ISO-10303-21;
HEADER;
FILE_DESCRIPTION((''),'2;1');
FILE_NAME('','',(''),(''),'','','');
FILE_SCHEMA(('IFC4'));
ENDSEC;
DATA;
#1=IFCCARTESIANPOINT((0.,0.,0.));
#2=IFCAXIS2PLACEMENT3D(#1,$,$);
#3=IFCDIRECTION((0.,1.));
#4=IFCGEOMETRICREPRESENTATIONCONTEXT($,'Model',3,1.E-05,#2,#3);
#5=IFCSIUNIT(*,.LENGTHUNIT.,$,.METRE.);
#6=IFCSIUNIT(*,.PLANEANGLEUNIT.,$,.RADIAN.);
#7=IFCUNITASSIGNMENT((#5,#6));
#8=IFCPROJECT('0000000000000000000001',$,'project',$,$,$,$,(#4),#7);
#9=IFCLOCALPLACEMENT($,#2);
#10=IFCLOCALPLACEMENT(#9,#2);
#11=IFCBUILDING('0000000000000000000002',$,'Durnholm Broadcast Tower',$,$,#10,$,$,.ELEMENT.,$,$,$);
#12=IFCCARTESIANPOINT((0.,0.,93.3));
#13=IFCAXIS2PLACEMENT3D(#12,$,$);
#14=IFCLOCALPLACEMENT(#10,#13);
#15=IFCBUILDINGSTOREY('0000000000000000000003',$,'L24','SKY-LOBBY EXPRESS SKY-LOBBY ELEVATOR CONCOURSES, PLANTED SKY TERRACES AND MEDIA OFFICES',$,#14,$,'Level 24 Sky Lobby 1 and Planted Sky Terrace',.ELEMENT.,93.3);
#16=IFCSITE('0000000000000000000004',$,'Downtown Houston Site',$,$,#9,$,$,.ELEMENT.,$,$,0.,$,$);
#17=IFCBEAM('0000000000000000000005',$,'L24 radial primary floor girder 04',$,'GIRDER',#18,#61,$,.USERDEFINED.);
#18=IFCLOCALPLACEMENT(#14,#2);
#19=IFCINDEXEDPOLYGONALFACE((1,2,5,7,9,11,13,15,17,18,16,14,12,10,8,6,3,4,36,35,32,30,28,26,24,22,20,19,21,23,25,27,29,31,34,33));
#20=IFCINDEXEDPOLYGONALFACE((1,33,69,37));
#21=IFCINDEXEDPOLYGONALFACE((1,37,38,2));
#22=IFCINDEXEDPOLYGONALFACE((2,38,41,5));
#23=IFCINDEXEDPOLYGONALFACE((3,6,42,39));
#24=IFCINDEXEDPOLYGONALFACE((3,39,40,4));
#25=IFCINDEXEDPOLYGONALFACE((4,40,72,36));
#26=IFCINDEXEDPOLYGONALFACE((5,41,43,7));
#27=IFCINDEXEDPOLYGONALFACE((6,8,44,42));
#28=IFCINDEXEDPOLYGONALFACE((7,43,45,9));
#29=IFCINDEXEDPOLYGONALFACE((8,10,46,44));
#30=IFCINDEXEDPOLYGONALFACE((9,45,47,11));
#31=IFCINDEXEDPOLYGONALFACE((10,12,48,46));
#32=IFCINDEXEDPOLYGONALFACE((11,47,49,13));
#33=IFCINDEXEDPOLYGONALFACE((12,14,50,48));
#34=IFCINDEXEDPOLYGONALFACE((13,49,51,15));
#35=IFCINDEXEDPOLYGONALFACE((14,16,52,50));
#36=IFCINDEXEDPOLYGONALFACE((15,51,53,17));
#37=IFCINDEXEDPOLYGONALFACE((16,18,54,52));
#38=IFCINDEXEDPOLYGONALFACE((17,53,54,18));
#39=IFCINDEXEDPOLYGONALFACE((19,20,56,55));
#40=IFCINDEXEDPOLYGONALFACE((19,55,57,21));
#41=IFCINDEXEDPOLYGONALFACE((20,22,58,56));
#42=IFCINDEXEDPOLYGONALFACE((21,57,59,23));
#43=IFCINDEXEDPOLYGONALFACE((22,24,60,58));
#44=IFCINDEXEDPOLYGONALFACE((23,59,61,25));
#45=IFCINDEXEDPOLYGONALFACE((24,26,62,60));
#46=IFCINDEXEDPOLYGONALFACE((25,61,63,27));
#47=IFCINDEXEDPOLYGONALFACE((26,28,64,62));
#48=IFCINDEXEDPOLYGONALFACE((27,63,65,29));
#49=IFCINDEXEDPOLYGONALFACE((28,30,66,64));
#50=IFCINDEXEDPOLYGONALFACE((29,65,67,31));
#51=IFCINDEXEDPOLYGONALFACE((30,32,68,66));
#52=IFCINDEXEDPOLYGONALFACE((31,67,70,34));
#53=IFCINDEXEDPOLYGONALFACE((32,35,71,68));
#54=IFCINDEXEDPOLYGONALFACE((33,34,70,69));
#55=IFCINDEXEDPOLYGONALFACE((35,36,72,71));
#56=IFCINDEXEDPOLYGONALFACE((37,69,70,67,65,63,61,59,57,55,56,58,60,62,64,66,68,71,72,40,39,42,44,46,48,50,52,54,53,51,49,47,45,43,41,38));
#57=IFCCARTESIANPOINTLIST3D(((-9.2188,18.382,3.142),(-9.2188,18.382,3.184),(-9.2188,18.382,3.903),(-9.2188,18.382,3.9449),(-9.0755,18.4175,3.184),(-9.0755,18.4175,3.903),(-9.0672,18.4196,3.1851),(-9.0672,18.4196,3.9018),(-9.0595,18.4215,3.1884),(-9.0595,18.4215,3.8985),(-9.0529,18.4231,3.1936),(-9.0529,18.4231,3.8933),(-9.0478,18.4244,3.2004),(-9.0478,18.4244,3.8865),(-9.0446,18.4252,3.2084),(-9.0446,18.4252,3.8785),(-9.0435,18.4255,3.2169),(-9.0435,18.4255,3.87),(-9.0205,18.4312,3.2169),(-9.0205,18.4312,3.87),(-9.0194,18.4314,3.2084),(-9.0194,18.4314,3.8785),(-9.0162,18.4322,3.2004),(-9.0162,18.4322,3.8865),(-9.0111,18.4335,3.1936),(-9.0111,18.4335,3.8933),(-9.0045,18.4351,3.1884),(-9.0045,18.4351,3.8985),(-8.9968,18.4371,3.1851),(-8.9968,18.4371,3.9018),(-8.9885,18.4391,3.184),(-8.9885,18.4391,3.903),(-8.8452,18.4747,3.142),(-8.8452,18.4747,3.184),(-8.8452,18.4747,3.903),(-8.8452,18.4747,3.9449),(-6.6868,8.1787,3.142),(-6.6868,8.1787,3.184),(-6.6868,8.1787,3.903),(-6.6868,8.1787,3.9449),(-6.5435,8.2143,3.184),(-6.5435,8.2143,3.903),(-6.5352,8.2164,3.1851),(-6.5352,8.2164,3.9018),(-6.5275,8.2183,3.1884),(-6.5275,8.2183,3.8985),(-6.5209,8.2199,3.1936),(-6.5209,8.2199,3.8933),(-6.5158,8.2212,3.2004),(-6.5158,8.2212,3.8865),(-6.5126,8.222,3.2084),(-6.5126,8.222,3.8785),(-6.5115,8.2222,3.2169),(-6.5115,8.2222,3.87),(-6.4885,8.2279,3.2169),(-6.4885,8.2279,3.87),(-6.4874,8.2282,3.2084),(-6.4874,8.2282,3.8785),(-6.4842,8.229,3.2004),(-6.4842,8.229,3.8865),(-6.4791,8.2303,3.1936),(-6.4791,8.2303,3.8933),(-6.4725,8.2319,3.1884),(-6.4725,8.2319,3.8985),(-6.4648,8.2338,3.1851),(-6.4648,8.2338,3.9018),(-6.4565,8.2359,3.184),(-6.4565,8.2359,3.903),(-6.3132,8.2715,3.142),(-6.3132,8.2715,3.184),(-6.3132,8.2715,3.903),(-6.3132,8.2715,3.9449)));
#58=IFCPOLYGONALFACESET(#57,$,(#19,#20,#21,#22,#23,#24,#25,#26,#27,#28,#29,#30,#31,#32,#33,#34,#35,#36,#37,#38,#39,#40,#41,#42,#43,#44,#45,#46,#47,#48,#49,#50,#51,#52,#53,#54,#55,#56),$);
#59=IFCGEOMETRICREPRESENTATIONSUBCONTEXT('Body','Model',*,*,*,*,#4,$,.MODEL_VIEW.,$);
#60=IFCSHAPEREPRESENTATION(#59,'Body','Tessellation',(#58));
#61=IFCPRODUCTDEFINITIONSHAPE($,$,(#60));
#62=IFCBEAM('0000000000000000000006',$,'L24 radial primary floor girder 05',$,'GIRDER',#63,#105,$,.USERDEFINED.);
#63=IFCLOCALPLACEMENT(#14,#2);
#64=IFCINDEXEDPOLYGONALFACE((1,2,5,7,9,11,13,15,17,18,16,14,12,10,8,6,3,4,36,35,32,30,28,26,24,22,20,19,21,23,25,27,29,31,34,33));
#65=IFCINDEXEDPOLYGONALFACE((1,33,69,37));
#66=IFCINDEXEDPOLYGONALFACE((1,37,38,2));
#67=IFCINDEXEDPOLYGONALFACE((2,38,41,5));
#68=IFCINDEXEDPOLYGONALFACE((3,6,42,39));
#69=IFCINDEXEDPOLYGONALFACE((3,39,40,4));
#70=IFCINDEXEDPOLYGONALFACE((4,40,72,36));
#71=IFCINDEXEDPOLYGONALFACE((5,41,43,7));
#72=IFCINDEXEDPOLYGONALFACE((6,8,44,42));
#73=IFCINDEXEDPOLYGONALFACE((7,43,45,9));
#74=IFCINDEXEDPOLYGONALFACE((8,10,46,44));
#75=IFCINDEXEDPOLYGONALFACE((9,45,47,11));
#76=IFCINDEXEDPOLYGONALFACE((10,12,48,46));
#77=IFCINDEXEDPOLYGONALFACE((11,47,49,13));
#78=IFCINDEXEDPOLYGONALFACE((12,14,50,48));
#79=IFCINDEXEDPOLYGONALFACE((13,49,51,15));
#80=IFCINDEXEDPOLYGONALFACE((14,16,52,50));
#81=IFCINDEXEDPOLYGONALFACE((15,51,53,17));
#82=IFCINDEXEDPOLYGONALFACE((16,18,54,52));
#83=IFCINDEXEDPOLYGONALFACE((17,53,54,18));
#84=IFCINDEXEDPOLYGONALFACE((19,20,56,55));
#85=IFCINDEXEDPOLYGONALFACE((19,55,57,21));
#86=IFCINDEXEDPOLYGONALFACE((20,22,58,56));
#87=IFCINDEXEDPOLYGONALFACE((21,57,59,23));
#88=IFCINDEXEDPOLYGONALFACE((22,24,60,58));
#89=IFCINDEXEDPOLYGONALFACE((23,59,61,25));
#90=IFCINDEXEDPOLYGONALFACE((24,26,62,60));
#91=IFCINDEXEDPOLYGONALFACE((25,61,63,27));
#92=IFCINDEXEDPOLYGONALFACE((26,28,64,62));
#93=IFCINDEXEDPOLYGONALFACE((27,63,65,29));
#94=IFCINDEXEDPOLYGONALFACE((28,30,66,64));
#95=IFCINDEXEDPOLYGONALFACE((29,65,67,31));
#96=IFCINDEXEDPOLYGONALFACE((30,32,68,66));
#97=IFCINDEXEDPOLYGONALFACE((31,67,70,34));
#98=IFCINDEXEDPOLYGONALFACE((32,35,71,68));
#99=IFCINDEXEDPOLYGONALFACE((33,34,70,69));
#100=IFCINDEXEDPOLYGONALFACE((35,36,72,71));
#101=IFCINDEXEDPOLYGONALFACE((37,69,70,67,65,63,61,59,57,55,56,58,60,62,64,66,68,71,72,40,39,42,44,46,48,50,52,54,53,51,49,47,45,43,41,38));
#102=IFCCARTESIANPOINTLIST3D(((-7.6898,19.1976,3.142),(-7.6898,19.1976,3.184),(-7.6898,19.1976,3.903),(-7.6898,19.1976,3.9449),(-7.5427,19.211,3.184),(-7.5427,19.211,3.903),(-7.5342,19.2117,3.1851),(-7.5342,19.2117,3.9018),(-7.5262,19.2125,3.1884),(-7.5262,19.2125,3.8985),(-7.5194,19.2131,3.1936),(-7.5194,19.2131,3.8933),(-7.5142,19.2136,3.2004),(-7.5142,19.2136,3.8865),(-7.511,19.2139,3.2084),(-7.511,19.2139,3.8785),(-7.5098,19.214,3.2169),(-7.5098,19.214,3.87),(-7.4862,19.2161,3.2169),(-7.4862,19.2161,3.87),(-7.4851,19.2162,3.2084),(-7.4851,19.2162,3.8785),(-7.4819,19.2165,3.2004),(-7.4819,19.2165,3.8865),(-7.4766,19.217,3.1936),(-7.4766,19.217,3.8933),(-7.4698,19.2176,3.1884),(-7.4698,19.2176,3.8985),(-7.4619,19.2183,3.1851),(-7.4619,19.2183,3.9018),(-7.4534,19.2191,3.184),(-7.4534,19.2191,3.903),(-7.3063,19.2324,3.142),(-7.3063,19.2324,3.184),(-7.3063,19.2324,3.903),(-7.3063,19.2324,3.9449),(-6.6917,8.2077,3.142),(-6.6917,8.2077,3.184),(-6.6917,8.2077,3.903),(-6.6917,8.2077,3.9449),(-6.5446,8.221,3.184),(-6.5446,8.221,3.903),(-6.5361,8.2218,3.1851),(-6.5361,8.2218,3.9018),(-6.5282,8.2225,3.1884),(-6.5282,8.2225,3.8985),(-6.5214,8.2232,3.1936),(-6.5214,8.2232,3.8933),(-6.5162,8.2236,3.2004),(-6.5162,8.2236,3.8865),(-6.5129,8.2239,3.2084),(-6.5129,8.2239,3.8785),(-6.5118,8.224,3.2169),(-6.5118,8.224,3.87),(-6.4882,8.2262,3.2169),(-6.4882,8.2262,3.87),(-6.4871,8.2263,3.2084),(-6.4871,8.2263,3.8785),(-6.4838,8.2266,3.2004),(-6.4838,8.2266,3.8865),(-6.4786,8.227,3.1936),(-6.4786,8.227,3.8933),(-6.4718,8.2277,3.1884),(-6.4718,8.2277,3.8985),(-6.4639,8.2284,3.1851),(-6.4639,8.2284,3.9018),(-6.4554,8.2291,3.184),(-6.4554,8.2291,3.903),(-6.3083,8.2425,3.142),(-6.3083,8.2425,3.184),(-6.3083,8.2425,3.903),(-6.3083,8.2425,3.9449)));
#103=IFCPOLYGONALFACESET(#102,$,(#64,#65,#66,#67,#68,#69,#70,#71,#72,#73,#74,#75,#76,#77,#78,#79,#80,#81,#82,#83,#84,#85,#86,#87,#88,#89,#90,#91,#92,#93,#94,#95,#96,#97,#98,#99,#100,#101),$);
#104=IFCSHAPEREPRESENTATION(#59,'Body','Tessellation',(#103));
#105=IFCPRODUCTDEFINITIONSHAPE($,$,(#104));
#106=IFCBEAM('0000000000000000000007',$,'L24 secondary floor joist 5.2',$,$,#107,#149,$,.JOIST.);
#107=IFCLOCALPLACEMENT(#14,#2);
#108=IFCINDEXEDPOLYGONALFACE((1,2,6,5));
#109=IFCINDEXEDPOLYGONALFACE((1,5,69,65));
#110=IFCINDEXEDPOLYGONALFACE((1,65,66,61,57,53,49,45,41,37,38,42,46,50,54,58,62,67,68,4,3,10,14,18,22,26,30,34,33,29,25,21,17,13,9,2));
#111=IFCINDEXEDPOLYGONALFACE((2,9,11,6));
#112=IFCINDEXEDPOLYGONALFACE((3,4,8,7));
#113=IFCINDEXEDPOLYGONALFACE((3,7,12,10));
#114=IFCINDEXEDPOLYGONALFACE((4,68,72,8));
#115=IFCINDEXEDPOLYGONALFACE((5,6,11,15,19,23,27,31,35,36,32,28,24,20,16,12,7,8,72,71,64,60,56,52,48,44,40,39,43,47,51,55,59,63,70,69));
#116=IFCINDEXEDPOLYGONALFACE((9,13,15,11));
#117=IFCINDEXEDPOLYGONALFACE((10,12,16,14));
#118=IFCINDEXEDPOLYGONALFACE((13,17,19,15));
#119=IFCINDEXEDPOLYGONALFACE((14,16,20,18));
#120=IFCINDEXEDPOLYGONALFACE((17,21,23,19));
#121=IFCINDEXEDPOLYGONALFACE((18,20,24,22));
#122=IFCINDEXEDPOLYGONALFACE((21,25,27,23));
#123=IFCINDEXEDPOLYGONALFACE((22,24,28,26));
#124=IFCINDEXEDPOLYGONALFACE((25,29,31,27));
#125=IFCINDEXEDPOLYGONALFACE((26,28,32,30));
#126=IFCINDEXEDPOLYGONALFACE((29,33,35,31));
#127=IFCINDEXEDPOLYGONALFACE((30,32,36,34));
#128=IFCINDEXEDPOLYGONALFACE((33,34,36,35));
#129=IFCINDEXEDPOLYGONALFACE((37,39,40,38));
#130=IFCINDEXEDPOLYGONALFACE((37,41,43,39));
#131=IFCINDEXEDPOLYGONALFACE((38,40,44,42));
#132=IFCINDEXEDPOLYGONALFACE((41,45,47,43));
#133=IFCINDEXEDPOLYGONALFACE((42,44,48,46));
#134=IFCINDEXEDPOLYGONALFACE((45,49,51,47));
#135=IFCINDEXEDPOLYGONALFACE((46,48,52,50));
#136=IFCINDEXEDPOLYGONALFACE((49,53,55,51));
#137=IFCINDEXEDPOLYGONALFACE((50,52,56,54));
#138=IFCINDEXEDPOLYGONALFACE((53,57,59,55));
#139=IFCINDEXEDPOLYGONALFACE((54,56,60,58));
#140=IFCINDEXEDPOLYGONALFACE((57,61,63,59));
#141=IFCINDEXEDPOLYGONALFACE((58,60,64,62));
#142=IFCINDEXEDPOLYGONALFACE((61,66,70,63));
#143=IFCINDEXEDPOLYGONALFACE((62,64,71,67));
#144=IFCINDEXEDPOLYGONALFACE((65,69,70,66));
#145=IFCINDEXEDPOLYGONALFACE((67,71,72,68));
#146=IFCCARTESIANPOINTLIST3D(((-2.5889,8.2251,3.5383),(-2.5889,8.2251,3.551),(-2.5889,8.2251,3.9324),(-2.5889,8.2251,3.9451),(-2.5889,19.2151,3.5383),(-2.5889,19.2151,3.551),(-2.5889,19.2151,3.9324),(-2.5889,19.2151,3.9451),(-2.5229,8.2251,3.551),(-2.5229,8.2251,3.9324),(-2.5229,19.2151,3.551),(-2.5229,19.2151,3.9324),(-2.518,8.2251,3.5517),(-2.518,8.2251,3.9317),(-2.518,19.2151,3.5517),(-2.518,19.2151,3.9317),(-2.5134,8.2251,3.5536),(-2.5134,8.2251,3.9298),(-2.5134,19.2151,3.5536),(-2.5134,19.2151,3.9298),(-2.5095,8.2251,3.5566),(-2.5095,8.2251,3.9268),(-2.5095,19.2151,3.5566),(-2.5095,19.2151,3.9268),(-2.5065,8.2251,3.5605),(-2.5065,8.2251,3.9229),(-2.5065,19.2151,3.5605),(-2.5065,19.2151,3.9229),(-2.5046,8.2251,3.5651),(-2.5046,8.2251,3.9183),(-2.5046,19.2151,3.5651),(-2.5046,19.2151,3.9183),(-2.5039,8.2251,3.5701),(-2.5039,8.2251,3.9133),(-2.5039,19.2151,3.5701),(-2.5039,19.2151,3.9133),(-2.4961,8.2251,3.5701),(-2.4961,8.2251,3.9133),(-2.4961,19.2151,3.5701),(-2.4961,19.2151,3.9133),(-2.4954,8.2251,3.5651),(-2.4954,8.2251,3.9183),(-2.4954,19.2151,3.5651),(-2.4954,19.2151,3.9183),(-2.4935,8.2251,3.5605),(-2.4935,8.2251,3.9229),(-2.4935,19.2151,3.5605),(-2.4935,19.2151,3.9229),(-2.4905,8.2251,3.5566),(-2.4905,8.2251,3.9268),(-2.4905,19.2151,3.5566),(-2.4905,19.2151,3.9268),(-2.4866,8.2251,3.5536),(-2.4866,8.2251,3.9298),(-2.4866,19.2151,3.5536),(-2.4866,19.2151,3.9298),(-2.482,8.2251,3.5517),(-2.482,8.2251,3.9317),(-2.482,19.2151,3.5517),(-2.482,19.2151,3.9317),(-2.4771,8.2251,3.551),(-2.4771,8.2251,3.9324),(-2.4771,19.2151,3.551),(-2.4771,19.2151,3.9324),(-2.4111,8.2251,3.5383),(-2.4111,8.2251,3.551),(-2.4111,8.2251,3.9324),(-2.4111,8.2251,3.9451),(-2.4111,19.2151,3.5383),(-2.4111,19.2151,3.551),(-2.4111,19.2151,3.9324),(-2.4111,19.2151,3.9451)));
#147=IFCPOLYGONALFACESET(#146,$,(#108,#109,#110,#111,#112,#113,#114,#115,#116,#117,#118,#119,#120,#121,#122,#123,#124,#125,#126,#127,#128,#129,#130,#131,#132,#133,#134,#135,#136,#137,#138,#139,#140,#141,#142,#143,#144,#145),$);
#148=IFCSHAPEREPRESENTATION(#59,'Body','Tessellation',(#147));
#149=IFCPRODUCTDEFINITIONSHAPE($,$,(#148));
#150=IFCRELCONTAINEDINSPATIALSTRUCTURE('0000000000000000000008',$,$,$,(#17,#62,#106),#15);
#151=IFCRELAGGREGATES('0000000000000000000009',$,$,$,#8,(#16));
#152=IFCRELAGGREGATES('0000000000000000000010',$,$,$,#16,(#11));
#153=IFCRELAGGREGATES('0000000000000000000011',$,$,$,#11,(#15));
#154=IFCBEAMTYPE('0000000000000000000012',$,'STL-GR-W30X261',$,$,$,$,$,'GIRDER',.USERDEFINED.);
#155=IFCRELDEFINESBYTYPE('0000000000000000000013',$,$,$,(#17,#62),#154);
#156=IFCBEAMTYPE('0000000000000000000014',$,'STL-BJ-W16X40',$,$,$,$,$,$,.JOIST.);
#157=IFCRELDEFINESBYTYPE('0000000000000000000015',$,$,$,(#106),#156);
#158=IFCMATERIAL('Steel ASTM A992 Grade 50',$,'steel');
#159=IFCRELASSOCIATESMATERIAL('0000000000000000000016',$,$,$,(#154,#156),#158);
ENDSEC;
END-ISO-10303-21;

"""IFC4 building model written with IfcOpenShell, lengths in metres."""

from ifc_helpers import new_model, si_unit, direction, frame, origin, origin_2d, place, context, subcontext, project, spatial, i_section, extrude, source, transform, mapped, material, material_profile, profile_set, type_object, type_shapes, element, save


model = new_model("IFC4")

# Units and contexts
model_context = context("Model", 3, precision=1e-05, world=origin(), true_north=direction((0.0, 1.0)))
body_context = subcontext(model_context, "Body", "Model", "MODEL_VIEW")
ifc_project = project(units=[si_unit("LENGTHUNIT", "METRE"), si_unit("PLANEANGLEUNIT", "RADIAN")], contexts=[model_context])

# Site, building, storey
site_placement = place(None, origin())
site = spatial("IfcSite", under=ifc_project, at=site_placement, Name="Downtown Houston Site", CompositionType="ELEMENT", RefElevation=0.0)
building_placement = place(site_placement, origin())
building = spatial("IfcBuilding", under=site, at=building_placement, Name="Durnholm Broadcast Tower", CompositionType="ELEMENT")
storey_placement = place(building_placement, frame((0.0, 0.0, 93.3)))
storey = spatial("IfcBuildingStorey", under=building, at=storey_placement, Name="L24", Description="SKY-LOBBY EXPRESS SKY-LOBBY ELEVATOR CONCOURSES, PLANTED SKY TERRACES AND MEDIA OFFICES", LongName="Level 24 Sky Lobby 1 and Planted Sky Terrace", CompositionType="ELEMENT", Elevation=93.3)

# Beams
ifc_material_1 = material(Name="Steel ASTM A992 Grade 50", Category="steel")
ifc_material_profile_1 = material_profile(ifc_material_1, i_section(OverallWidth=0.385, OverallDepth=0.803, WebThickness=0.0237, FlangeThickness=0.042, FilletRadius=0.033, at=origin_2d()), Name="W30X261")
ifc_profile_set_1 = profile_set([ifc_material_profile_1], Name="Steel ASTM A992 Grade 50")
beam_type_1 = type_object("IfcBeamType", Name="STL-GR-W30X261", ElementType="GIRDER", PredefinedType="USERDEFINED", material=ifc_profile_set_1)
shared_shape_1 = source(origin(), body_context, "Body", "SweptSolid", [
    extrude(i_section(OverallWidth=0.385, OverallDepth=0.803, WebThickness=0.0237, FlangeThickness=0.042, FilletRadius=0.033, at=origin_2d()), origin(), (0.0, 0.0, 1.0), 10.5127),
])
beam_1_placement = place(storey_placement, frame((-6.5, 8.2251, 3.5435), z_axis=(-0.240852, 0.970562, 0.0), x_axis=(-0.970562, -0.240852, 0.0)))
element("IfcBeam", 1, at=beam_1_placement, inside=storey, type_object=beam_type_1, Name="L24 radial primary floor girder 04", ObjectType="GIRDER", PredefinedType="USERDEFINED", context=body_context, shape_type="MappedRepresentation", body=[
    mapped(shared_shape_1, transform((0.0, 0.0, 0.0), x_axis=(1.0, 0.0, 0.0), y_axis=(0.0, 1.0, 0.0), z_axis=(0.0, 0.0, 1.0), scale=1.0)),
])
shared_shape_2 = source(origin(), body_context, "Body", "SweptSolid", [
    extrude(i_section(OverallWidth=0.385, OverallDepth=0.803, WebThickness=0.0237, FlangeThickness=0.042, FilletRadius=0.033, at=origin_2d()), origin(), (0.0, 0.0, 1.0), 11.0352),
])
type_shapes(beam_type_1, [shared_shape_1, shared_shape_2])
beam_2_placement = place(storey_placement, frame((-6.5, 8.2251, 3.5435), z_axis=(-0.090442, 0.995902, 0.0), x_axis=(-0.995902, -0.090442, 0.0)))
element("IfcBeam", 2, at=beam_2_placement, inside=storey, type_object=beam_type_1, Name="L24 radial primary floor girder 05", ObjectType="GIRDER", PredefinedType="USERDEFINED", context=body_context, shape_type="MappedRepresentation", body=[
    mapped(shared_shape_2, transform((0.0, 0.0, 0.0), x_axis=(1.0, 0.0, 0.0), y_axis=(0.0, 1.0, 0.0), z_axis=(0.0, 0.0, 1.0), scale=1.0)),
])
ifc_material_profile_2 = material_profile(ifc_material_1, i_section(OverallWidth=0.1777, OverallDepth=0.4067, WebThickness=0.0078, FlangeThickness=0.0127, FilletRadius=0.019, at=origin_2d()), Name="W16X40")
ifc_profile_set_2 = profile_set([ifc_material_profile_2], Name="Steel ASTM A992 Grade 50")
beam_type_2 = type_object("IfcBeamType", Name="STL-BJ-W16X40", PredefinedType="JOIST", material=ifc_profile_set_2)
shared_shape_3 = source(origin(), body_context, "Body", "SweptSolid", [
    extrude(i_section(OverallWidth=0.1777, OverallDepth=0.4067, WebThickness=0.0078, FlangeThickness=0.0127, FilletRadius=0.019, at=origin_2d()), origin(), (0.0, 0.0, 1.0), 10.99),
])
type_shapes(beam_type_2, [shared_shape_3])
beam_3_placement = place(storey_placement, frame((-2.5, 8.2251, 3.7417), z_axis=(0.0, 1.0, 0.0), x_axis=(-1.0, 0.0, 0.0)))
element("IfcBeam", 3, at=beam_3_placement, inside=storey, type_object=beam_type_2, Name="L24 secondary floor joist 5.2", PredefinedType="JOIST", context=body_context, shape_type="MappedRepresentation", body=[
    mapped(shared_shape_3, transform((0.0, 0.0, 0.0), x_axis=(1.0, 0.0, 0.0), y_axis=(0.0, 1.0, 0.0), z_axis=(0.0, 0.0, 1.0), scale=1.0)),
])

save(model, "model.ifc")
